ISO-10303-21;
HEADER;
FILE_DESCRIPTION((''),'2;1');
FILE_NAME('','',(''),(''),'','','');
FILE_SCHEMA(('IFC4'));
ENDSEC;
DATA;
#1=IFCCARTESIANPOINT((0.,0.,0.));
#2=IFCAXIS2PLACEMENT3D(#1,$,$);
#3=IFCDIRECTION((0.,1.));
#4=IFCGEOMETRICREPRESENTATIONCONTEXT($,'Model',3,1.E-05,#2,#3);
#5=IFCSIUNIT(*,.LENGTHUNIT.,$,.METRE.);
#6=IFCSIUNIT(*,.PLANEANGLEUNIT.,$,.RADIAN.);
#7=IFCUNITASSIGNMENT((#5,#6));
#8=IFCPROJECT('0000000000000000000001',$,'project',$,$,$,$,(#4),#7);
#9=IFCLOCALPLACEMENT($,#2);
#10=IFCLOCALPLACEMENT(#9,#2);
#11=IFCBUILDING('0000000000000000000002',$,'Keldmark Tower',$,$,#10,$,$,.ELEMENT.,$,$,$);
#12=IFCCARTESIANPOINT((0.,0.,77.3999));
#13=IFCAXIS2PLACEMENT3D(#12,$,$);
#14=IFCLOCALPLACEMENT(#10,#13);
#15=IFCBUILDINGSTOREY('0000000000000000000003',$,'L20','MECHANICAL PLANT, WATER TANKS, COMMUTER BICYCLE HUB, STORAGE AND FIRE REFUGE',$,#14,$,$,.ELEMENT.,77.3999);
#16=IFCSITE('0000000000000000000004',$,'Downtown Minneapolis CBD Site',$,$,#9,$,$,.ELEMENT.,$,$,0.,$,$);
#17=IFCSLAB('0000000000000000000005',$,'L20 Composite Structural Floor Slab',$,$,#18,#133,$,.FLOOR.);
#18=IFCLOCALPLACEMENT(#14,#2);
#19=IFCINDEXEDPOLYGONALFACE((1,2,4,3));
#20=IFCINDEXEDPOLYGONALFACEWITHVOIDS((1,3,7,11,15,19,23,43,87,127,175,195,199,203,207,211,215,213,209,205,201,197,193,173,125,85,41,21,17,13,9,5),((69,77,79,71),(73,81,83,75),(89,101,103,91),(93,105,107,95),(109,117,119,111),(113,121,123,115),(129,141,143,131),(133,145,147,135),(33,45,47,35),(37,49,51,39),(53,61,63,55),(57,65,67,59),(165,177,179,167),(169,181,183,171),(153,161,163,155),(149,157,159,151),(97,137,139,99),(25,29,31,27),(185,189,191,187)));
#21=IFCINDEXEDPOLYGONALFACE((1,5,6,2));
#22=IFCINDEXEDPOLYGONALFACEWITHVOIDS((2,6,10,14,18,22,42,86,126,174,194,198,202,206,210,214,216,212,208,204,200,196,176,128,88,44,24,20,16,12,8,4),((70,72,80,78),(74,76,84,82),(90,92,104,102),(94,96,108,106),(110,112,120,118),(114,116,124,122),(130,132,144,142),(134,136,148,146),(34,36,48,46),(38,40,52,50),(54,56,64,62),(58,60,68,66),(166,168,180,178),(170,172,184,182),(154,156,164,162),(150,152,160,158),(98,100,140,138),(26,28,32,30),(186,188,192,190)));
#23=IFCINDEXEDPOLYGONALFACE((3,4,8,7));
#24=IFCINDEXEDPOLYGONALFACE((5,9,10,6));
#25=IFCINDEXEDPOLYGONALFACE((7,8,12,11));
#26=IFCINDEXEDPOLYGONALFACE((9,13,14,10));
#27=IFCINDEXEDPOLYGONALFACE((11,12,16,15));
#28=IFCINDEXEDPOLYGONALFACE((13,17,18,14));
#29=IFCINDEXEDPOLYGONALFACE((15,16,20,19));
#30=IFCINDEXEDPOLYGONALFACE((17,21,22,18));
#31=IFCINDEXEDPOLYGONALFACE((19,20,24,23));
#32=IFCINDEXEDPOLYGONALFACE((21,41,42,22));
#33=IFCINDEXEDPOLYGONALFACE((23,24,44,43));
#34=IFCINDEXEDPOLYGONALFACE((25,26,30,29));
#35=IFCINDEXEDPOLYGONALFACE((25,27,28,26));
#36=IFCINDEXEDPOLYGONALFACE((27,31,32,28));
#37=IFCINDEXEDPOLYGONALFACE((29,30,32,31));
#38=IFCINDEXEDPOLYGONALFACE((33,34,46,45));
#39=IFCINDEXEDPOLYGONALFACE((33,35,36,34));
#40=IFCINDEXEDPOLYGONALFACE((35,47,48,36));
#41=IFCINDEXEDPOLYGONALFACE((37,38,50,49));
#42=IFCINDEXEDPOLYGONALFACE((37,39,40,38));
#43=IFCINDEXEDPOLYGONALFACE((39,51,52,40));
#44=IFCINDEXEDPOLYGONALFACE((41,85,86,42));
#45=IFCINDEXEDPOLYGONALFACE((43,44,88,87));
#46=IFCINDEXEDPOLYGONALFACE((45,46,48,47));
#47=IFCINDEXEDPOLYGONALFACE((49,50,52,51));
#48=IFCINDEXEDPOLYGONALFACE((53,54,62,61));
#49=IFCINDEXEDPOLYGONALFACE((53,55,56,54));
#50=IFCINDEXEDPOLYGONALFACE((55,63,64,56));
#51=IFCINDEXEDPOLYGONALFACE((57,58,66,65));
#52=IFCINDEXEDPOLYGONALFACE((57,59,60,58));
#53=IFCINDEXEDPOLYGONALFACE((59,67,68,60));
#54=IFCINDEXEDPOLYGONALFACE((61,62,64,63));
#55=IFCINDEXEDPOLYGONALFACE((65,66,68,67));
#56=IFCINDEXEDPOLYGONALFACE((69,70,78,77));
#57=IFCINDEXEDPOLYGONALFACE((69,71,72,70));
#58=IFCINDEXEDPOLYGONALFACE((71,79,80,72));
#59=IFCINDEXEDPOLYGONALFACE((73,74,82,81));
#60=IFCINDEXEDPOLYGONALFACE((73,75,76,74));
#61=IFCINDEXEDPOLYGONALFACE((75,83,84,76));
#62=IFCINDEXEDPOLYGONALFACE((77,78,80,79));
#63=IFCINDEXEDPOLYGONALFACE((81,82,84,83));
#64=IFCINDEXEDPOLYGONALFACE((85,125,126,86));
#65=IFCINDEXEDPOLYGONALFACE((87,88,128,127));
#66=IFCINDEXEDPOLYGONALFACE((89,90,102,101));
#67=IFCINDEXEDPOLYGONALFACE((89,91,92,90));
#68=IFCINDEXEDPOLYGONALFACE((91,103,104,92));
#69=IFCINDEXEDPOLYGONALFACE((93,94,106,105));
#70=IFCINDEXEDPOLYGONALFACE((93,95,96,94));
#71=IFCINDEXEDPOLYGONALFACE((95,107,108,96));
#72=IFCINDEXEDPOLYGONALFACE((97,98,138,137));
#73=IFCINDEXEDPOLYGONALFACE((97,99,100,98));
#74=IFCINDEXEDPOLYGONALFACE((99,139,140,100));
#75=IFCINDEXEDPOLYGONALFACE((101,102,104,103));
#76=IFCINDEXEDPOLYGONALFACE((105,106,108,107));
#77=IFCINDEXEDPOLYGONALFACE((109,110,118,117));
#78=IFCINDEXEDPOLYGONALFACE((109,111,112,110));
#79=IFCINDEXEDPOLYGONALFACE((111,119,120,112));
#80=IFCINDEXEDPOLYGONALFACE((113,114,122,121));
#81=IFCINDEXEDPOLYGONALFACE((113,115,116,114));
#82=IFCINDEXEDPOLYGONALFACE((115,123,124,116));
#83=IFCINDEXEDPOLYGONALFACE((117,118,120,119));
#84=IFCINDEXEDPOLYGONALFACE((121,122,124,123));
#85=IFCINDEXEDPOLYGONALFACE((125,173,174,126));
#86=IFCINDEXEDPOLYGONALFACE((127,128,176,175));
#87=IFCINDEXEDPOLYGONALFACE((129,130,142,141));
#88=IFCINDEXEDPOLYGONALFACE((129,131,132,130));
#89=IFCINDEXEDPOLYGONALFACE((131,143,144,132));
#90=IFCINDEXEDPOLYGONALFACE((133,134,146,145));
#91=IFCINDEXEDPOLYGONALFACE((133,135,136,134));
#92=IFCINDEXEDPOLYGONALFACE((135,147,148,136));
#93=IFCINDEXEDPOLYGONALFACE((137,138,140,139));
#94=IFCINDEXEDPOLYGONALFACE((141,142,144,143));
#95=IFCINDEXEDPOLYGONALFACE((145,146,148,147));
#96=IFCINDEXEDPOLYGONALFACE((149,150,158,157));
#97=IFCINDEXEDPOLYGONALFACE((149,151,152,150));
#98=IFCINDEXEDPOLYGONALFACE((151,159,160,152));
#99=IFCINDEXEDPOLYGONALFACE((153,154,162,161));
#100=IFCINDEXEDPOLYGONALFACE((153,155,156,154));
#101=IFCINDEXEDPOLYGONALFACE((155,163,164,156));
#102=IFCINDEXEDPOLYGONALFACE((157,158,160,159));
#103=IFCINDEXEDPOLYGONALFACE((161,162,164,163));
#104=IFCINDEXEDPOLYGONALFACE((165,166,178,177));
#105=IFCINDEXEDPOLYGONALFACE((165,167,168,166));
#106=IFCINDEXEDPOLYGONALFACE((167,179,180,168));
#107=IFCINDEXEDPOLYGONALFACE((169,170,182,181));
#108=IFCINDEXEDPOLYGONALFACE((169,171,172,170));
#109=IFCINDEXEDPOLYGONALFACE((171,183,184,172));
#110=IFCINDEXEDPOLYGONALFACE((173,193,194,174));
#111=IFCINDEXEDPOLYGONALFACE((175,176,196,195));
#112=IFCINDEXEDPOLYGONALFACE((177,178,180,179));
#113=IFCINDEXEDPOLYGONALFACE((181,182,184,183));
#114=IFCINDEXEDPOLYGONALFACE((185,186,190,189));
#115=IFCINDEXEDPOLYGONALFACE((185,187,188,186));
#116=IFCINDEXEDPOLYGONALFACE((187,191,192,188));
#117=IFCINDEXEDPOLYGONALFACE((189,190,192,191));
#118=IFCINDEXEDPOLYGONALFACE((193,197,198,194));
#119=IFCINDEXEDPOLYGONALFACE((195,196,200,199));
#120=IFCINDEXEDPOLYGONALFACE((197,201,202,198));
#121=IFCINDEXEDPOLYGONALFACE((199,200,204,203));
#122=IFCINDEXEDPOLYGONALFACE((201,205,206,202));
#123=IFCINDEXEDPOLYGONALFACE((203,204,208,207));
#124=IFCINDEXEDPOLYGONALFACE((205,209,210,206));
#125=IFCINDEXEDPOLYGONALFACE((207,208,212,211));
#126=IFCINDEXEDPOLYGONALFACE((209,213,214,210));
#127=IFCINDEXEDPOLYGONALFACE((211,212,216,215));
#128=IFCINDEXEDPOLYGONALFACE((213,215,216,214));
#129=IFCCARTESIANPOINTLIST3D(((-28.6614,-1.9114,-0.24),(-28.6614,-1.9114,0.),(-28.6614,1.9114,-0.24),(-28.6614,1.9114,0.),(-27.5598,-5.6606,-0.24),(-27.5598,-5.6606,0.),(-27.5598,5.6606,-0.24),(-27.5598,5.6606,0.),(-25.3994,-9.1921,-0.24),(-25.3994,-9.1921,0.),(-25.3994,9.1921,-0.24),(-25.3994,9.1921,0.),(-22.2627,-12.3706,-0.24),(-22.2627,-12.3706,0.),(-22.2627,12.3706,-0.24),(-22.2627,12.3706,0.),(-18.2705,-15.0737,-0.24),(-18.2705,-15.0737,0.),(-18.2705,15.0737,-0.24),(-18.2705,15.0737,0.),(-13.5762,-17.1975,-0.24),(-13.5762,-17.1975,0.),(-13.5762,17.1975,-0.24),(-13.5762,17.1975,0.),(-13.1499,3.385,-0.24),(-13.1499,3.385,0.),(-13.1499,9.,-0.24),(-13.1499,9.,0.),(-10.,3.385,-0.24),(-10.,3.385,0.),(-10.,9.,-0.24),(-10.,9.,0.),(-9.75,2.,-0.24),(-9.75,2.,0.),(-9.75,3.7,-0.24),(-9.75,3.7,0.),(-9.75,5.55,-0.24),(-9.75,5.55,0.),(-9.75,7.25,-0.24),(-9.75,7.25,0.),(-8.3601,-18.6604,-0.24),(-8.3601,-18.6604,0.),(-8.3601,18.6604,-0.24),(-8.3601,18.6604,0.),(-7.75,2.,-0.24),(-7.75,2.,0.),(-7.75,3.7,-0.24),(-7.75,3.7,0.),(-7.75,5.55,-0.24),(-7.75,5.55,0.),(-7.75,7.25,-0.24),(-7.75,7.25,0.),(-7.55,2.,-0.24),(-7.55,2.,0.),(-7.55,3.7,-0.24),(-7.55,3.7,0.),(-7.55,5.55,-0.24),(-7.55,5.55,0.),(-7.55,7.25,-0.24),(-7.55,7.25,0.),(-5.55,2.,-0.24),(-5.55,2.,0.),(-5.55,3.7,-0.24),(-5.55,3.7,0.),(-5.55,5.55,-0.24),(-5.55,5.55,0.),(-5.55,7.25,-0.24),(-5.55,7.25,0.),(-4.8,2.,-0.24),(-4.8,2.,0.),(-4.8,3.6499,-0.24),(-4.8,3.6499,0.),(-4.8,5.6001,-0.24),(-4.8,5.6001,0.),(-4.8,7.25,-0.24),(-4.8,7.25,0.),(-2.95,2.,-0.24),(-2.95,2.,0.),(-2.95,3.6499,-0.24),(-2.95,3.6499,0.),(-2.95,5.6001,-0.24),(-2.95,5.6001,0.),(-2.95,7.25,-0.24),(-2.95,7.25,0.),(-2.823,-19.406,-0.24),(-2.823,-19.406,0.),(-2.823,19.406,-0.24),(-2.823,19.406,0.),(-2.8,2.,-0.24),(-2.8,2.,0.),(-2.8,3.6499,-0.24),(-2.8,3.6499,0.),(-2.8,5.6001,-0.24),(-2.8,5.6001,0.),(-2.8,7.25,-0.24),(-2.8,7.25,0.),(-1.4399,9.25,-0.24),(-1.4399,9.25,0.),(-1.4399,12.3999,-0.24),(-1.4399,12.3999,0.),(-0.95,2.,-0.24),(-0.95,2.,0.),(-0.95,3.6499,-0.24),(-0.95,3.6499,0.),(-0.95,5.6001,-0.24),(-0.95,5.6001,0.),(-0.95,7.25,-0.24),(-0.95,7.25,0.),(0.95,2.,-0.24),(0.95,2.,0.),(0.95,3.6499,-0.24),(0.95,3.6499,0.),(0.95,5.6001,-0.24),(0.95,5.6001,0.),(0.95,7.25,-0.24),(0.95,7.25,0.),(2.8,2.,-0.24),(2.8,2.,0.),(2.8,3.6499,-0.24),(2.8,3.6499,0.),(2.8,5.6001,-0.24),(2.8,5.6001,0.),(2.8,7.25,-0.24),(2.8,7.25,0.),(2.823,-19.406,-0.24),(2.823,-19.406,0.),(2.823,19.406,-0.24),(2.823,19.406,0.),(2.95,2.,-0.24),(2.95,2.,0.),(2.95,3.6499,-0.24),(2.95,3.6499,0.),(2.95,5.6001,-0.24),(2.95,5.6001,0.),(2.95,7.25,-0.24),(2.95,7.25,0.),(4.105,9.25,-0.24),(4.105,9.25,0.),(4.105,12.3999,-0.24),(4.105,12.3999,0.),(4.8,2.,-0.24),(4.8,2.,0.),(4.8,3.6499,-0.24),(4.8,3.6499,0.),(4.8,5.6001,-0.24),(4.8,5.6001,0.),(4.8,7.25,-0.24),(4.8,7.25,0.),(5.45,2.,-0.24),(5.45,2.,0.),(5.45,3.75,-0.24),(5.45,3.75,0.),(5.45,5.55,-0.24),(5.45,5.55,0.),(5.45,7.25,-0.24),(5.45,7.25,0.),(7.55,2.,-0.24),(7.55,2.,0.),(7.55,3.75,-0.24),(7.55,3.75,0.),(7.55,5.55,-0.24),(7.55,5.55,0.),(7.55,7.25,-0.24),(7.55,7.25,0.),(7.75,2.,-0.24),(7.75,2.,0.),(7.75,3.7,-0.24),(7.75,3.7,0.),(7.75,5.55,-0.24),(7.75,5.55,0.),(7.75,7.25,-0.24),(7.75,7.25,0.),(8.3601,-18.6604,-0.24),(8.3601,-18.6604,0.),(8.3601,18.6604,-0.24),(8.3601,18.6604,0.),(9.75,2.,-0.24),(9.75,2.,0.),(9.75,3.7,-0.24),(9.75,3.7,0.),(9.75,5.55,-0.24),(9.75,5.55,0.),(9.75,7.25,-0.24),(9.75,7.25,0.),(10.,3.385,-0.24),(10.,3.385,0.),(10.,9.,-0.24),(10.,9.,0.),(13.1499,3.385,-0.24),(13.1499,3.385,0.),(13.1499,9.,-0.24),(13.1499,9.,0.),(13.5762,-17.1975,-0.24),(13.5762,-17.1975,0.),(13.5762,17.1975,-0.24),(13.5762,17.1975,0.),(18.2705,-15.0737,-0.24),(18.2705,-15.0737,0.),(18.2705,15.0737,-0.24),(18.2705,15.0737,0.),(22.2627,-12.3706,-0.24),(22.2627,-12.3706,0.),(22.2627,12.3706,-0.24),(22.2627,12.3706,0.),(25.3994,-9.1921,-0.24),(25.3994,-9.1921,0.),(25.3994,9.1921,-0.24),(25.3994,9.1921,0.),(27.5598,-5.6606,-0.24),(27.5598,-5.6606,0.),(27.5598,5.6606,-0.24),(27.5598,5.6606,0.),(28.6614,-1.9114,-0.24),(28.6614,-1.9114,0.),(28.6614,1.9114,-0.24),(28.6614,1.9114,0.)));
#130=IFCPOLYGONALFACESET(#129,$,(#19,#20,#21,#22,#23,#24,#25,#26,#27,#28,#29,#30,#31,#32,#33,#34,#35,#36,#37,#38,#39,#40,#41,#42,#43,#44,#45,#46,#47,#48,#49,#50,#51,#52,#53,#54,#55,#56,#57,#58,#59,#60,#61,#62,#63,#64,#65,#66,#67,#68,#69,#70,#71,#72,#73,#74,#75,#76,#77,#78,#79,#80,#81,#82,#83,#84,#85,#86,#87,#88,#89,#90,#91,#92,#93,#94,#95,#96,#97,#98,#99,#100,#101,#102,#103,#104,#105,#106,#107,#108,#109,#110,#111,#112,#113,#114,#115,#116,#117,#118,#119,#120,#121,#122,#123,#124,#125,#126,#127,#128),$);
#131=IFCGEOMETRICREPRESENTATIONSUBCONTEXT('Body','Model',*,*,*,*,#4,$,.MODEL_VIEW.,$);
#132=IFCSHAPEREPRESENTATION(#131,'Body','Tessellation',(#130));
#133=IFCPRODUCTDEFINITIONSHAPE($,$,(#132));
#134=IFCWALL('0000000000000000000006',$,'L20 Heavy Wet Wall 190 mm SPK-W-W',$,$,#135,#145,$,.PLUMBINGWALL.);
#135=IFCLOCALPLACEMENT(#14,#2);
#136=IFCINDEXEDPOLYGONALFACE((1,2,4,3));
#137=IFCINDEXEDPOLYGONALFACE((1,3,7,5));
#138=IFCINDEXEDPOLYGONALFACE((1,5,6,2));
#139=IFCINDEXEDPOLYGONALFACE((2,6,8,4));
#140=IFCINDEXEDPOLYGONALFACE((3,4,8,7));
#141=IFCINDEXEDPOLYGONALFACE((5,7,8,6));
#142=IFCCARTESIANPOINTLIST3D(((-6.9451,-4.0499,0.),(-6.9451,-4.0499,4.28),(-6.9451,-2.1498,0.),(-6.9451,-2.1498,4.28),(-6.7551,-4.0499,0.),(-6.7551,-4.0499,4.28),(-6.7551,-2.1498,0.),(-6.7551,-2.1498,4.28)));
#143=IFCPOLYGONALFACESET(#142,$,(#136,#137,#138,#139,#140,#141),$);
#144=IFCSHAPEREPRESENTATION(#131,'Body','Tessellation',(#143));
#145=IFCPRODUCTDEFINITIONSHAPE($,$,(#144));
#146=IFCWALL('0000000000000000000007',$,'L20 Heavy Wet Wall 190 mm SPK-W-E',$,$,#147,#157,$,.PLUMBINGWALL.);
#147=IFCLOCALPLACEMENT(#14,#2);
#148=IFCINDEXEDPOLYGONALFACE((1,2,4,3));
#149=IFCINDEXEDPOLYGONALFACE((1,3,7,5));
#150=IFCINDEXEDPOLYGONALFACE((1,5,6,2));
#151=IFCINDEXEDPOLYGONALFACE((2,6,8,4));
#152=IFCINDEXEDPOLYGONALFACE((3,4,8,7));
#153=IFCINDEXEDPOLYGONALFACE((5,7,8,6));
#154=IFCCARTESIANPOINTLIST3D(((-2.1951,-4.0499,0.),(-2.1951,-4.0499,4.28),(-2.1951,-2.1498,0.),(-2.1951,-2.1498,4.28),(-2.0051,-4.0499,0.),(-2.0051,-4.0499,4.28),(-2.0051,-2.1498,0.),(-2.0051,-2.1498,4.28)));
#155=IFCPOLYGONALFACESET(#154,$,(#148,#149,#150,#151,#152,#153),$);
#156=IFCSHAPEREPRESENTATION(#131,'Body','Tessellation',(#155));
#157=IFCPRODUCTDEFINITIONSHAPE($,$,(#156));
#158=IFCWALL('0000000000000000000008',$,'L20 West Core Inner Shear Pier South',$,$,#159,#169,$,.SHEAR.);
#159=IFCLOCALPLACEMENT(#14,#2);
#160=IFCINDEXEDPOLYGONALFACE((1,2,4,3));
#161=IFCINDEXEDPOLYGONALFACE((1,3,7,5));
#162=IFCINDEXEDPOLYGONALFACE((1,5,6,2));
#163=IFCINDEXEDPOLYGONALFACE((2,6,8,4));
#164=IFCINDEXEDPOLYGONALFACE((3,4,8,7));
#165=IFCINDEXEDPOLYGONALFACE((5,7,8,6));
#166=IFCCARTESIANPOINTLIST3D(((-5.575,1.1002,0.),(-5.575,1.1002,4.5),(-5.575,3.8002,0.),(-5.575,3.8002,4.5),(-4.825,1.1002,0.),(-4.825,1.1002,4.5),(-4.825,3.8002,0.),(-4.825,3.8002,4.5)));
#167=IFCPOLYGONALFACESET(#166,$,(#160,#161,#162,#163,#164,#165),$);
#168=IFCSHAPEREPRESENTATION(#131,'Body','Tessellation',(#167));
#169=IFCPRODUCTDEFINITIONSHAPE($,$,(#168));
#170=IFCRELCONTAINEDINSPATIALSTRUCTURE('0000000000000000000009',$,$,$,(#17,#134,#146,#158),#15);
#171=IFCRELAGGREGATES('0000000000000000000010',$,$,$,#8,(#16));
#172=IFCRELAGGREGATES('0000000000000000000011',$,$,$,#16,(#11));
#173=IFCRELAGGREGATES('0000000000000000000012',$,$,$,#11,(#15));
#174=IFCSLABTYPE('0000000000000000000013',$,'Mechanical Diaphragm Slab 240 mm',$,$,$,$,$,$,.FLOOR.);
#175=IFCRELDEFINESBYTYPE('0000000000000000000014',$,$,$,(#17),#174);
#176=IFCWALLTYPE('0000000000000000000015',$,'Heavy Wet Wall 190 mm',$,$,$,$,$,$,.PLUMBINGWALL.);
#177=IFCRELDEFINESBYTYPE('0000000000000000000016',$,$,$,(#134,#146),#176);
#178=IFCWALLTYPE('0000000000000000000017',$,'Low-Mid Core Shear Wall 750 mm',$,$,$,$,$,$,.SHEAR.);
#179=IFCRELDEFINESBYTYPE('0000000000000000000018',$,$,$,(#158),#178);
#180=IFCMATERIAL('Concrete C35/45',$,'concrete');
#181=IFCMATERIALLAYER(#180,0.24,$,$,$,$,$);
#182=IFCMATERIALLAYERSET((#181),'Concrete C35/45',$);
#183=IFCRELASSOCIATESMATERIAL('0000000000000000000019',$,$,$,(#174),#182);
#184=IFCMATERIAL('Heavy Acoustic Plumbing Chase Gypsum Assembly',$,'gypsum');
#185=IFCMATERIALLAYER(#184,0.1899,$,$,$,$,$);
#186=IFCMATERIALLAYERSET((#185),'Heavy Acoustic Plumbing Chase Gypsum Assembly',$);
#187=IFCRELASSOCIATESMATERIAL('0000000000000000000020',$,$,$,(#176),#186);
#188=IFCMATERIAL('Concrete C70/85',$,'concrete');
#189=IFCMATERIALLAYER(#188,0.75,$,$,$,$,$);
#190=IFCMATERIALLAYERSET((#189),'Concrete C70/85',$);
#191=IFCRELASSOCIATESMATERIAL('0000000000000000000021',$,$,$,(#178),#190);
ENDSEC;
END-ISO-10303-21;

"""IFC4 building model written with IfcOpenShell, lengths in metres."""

from ifc_helpers import new_model, si_unit, direction, frame, frame_2d, origin, place, context, subcontext, project, spatial, polyline, rectangle, outline, extrude, material, layer, layer_set, type_object, element, save


model = new_model("IFC4")

# Units and contexts
model_context = context("Model", 3, precision=1e-05, world=origin(), true_north=direction((0.0, 1.0)))
body_context = subcontext(model_context, "Body", "Model", "MODEL_VIEW")
ifc_project = project(units=[si_unit("LENGTHUNIT", "METRE"), si_unit("PLANEANGLEUNIT", "RADIAN")], contexts=[model_context])

# Site, building, storey
site_placement = place(None, origin())
site = spatial("IfcSite", under=ifc_project, at=site_placement, Name="Downtown Minneapolis CBD Site", CompositionType="ELEMENT", RefElevation=0.0)
building_placement = place(site_placement, origin())
building = spatial("IfcBuilding", under=site, at=building_placement, Name="Keldmark Tower", CompositionType="ELEMENT")
storey_placement = place(building_placement, frame((0.0, 0.0, 77.3999)))
storey = spatial("IfcBuildingStorey", under=building, at=storey_placement, Name="L20", Description="MECHANICAL PLANT, WATER TANKS, COMMUTER BICYCLE HUB, STORAGE AND FIRE REFUGE", CompositionType="ELEMENT", Elevation=77.3999)

# Slab
ifc_material_1 = material(Name="Concrete C35/45", Category="concrete")
ifc_layer_1 = layer(ifc_material_1, 0.24)
ifc_layer_set_1 = layer_set([ifc_layer_1], Name="Concrete C35/45")
slab_type = type_object("IfcSlabType", Name="Mechanical Diaphragm Slab 240 mm", PredefinedType="FLOOR", material=ifc_layer_set_1)
slab_placement = place(storey_placement, frame((0.0, 0.0, -0.24)))
element("IfcSlab", 1, at=slab_placement, inside=storey, type_object=slab_type, Name="L20 Composite Structural Floor Slab", PredefinedType="FLOOR", context=body_context, shape_type="SweptSolid", body=[
    extrude(outline(polyline([(28.6614, 1.9114), (27.5598, 5.6606), (25.3994, 9.1921), (22.2627, 12.3706), (18.2705, 15.0737), (13.5762, 17.1975), (8.3601, 18.6604), (2.823, 19.406), (-2.823, 19.406), (-8.3601, 18.6604), (-13.5762, 17.1975), (-18.2705, 15.0737), (-22.2627, 12.3706), (-25.3994, 9.1921), (-27.5598, 5.6606), (-28.6614, 1.9114), (-28.6614, -1.9114), (-27.5598, -5.6606), (-25.3994, -9.1921), (-22.2627, -12.3706), (-18.2705, -15.0737), (-13.5762, -17.1975), (-8.3601, -18.6604), (-2.823, -19.406), (2.823, -19.406), (8.3601, -18.6604), (13.5762, -17.1975), (18.2705, -15.0737), (22.2627, -12.3706), (25.3994, -9.1921), (27.5598, -5.6606), (28.6614, -1.9114), (28.6614, 1.9114)]), holes=[polyline([(-10.0, 3.385), (-10.0, 9.0), (-13.1499, 9.0), (-13.1499, 3.385), (-10.0, 3.385)]), polyline([(13.1499, 3.385), (13.1499, 9.0), (10.0, 9.0), (10.0, 3.385), (13.1499, 3.385)]), polyline([(-1.4399, 9.25), (4.105, 9.25), (4.105, 12.3999), (-1.4399, 12.3999), (-1.4399, 9.25)]), polyline([(-9.75, 2.0), (-7.75, 2.0), (-7.75, 3.7), (-9.75, 3.7), (-9.75, 2.0)]), polyline([(7.75, 2.0), (9.75, 2.0), (9.75, 3.7), (7.75, 3.7), (7.75, 2.0)]), polyline([(5.45, 2.0), (7.55, 2.0), (7.55, 3.75), (5.45, 3.75), (5.45, 2.0)]), polyline([(-4.8, 2.0), (-2.95, 2.0), (-2.95, 3.6499), (-4.8, 3.6499), (-4.8, 2.0)]), polyline([(-2.8, 2.0), (-0.95, 2.0), (-0.95, 3.6499), (-2.8, 3.6499), (-2.8, 2.0)]), polyline([(0.95, 2.0), (2.8, 2.0), (2.8, 3.6499), (0.95, 3.6499), (0.95, 2.0)]), polyline([(2.95, 2.0), (4.8, 2.0), (4.8, 3.6499), (2.95, 3.6499), (2.95, 2.0)]), polyline([(-4.8, 5.6001), (-2.95, 5.6001), (-2.95, 7.25), (-4.8, 7.25), (-4.8, 5.6001)]), polyline([(-2.8, 5.6001), (-0.95, 5.6001), (-0.95, 7.25), (-2.8, 7.25), (-2.8, 5.6001)]), polyline([(0.95, 5.6001), (2.8, 5.6001), (2.8, 7.25), (0.95, 7.25), (0.95, 5.6001)]), polyline([(2.95, 5.6001), (4.8, 5.6001), (4.8, 7.25), (2.95, 7.25), (2.95, 5.6001)]), polyline([(-9.75, 5.55), (-7.75, 5.55), (-7.75, 7.25), (-9.75, 7.25), (-9.75, 5.55)]), polyline([(-7.55, 5.55), (-5.55, 5.55), (-5.55, 7.25), (-7.55, 7.25), (-7.55, 5.55)]), polyline([(-7.55, 2.0), (-5.55, 2.0), (-5.55, 3.7), (-7.55, 3.7), (-7.55, 2.0)]), polyline([(5.45, 5.55), (7.55, 5.55), (7.55, 7.25), (5.45, 7.25), (5.45, 5.55)]), polyline([(7.75, 5.55), (9.75, 5.55), (9.75, 7.25), (7.75, 7.25), (7.75, 5.55)])]), origin(), (0.0, 0.0, 1.0), 0.24),
])

# Walls
ifc_material_2 = material(Name="Heavy Acoustic Plumbing Chase Gypsum Assembly", Category="gypsum")
ifc_layer_2 = layer(ifc_material_2, 0.1899)
ifc_layer_set_2 = layer_set([ifc_layer_2], Name="Heavy Acoustic Plumbing Chase Gypsum Assembly")
wall_type_1 = type_object("IfcWallType", Name="Heavy Wet Wall 190 mm", PredefinedType="PLUMBINGWALL", material=ifc_layer_set_2)
for number, where, z_axis, x_axis, name in (
    (2, (-6.8501, -4.05, 0.0), (0.0, 0.0, 1.0), (0.0, 1.0, 0.0), "L20 Heavy Wet Wall 190 mm SPK-W-W"),
    (3, (-2.1001, -4.05, 0.0), (0.0, 0.0, 1.0), (0.0, 1.0, 0.0), "L20 Heavy Wet Wall 190 mm SPK-W-E"),
):
    element("IfcWall", number, at=place(storey_placement, frame(where, z_axis=z_axis, x_axis=x_axis)), inside=storey, type_object=wall_type_1, Name=name, PredefinedType="PLUMBINGWALL", context=body_context, shape_type="SweptSolid", body=[
        extrude(rectangle(XDim=1.9001, YDim=0.1899, at=frame_2d((0.9502, 0.0))), origin(), (0.0, 0.0, 1.0), 4.28),
    ])

# Shared definitions
ifc_material_3 = material(Name="Concrete C70/85", Category="concrete")
ifc_layer_3 = layer(ifc_material_3, 0.75)
ifc_layer_set_3 = layer_set([ifc_layer_3], Name="Concrete C70/85")
wall_type_2 = type_object("IfcWallType", Name="Low-Mid Core Shear Wall 750 mm", PredefinedType="SHEAR", material=ifc_layer_set_3)

# Wall
wall_1_placement = place(storey_placement, frame((-5.2, 1.1001, 0.0), z_axis=(0.0, 0.0, 1.0), x_axis=(0.0, 1.0, 0.0)))
element("IfcWall", 4, at=wall_1_placement, inside=storey, type_object=wall_type_2, Name="L20 West Core Inner Shear Pier South", PredefinedType="SHEAR", context=body_context, shape_type="SweptSolid", body=[
    extrude(rectangle(XDim=2.7, YDim=0.75, at=frame_2d((1.3501, 0.0))), origin(), (0.0, 0.0, 1.0), 4.5),
])

save(model, "model.ifc")
